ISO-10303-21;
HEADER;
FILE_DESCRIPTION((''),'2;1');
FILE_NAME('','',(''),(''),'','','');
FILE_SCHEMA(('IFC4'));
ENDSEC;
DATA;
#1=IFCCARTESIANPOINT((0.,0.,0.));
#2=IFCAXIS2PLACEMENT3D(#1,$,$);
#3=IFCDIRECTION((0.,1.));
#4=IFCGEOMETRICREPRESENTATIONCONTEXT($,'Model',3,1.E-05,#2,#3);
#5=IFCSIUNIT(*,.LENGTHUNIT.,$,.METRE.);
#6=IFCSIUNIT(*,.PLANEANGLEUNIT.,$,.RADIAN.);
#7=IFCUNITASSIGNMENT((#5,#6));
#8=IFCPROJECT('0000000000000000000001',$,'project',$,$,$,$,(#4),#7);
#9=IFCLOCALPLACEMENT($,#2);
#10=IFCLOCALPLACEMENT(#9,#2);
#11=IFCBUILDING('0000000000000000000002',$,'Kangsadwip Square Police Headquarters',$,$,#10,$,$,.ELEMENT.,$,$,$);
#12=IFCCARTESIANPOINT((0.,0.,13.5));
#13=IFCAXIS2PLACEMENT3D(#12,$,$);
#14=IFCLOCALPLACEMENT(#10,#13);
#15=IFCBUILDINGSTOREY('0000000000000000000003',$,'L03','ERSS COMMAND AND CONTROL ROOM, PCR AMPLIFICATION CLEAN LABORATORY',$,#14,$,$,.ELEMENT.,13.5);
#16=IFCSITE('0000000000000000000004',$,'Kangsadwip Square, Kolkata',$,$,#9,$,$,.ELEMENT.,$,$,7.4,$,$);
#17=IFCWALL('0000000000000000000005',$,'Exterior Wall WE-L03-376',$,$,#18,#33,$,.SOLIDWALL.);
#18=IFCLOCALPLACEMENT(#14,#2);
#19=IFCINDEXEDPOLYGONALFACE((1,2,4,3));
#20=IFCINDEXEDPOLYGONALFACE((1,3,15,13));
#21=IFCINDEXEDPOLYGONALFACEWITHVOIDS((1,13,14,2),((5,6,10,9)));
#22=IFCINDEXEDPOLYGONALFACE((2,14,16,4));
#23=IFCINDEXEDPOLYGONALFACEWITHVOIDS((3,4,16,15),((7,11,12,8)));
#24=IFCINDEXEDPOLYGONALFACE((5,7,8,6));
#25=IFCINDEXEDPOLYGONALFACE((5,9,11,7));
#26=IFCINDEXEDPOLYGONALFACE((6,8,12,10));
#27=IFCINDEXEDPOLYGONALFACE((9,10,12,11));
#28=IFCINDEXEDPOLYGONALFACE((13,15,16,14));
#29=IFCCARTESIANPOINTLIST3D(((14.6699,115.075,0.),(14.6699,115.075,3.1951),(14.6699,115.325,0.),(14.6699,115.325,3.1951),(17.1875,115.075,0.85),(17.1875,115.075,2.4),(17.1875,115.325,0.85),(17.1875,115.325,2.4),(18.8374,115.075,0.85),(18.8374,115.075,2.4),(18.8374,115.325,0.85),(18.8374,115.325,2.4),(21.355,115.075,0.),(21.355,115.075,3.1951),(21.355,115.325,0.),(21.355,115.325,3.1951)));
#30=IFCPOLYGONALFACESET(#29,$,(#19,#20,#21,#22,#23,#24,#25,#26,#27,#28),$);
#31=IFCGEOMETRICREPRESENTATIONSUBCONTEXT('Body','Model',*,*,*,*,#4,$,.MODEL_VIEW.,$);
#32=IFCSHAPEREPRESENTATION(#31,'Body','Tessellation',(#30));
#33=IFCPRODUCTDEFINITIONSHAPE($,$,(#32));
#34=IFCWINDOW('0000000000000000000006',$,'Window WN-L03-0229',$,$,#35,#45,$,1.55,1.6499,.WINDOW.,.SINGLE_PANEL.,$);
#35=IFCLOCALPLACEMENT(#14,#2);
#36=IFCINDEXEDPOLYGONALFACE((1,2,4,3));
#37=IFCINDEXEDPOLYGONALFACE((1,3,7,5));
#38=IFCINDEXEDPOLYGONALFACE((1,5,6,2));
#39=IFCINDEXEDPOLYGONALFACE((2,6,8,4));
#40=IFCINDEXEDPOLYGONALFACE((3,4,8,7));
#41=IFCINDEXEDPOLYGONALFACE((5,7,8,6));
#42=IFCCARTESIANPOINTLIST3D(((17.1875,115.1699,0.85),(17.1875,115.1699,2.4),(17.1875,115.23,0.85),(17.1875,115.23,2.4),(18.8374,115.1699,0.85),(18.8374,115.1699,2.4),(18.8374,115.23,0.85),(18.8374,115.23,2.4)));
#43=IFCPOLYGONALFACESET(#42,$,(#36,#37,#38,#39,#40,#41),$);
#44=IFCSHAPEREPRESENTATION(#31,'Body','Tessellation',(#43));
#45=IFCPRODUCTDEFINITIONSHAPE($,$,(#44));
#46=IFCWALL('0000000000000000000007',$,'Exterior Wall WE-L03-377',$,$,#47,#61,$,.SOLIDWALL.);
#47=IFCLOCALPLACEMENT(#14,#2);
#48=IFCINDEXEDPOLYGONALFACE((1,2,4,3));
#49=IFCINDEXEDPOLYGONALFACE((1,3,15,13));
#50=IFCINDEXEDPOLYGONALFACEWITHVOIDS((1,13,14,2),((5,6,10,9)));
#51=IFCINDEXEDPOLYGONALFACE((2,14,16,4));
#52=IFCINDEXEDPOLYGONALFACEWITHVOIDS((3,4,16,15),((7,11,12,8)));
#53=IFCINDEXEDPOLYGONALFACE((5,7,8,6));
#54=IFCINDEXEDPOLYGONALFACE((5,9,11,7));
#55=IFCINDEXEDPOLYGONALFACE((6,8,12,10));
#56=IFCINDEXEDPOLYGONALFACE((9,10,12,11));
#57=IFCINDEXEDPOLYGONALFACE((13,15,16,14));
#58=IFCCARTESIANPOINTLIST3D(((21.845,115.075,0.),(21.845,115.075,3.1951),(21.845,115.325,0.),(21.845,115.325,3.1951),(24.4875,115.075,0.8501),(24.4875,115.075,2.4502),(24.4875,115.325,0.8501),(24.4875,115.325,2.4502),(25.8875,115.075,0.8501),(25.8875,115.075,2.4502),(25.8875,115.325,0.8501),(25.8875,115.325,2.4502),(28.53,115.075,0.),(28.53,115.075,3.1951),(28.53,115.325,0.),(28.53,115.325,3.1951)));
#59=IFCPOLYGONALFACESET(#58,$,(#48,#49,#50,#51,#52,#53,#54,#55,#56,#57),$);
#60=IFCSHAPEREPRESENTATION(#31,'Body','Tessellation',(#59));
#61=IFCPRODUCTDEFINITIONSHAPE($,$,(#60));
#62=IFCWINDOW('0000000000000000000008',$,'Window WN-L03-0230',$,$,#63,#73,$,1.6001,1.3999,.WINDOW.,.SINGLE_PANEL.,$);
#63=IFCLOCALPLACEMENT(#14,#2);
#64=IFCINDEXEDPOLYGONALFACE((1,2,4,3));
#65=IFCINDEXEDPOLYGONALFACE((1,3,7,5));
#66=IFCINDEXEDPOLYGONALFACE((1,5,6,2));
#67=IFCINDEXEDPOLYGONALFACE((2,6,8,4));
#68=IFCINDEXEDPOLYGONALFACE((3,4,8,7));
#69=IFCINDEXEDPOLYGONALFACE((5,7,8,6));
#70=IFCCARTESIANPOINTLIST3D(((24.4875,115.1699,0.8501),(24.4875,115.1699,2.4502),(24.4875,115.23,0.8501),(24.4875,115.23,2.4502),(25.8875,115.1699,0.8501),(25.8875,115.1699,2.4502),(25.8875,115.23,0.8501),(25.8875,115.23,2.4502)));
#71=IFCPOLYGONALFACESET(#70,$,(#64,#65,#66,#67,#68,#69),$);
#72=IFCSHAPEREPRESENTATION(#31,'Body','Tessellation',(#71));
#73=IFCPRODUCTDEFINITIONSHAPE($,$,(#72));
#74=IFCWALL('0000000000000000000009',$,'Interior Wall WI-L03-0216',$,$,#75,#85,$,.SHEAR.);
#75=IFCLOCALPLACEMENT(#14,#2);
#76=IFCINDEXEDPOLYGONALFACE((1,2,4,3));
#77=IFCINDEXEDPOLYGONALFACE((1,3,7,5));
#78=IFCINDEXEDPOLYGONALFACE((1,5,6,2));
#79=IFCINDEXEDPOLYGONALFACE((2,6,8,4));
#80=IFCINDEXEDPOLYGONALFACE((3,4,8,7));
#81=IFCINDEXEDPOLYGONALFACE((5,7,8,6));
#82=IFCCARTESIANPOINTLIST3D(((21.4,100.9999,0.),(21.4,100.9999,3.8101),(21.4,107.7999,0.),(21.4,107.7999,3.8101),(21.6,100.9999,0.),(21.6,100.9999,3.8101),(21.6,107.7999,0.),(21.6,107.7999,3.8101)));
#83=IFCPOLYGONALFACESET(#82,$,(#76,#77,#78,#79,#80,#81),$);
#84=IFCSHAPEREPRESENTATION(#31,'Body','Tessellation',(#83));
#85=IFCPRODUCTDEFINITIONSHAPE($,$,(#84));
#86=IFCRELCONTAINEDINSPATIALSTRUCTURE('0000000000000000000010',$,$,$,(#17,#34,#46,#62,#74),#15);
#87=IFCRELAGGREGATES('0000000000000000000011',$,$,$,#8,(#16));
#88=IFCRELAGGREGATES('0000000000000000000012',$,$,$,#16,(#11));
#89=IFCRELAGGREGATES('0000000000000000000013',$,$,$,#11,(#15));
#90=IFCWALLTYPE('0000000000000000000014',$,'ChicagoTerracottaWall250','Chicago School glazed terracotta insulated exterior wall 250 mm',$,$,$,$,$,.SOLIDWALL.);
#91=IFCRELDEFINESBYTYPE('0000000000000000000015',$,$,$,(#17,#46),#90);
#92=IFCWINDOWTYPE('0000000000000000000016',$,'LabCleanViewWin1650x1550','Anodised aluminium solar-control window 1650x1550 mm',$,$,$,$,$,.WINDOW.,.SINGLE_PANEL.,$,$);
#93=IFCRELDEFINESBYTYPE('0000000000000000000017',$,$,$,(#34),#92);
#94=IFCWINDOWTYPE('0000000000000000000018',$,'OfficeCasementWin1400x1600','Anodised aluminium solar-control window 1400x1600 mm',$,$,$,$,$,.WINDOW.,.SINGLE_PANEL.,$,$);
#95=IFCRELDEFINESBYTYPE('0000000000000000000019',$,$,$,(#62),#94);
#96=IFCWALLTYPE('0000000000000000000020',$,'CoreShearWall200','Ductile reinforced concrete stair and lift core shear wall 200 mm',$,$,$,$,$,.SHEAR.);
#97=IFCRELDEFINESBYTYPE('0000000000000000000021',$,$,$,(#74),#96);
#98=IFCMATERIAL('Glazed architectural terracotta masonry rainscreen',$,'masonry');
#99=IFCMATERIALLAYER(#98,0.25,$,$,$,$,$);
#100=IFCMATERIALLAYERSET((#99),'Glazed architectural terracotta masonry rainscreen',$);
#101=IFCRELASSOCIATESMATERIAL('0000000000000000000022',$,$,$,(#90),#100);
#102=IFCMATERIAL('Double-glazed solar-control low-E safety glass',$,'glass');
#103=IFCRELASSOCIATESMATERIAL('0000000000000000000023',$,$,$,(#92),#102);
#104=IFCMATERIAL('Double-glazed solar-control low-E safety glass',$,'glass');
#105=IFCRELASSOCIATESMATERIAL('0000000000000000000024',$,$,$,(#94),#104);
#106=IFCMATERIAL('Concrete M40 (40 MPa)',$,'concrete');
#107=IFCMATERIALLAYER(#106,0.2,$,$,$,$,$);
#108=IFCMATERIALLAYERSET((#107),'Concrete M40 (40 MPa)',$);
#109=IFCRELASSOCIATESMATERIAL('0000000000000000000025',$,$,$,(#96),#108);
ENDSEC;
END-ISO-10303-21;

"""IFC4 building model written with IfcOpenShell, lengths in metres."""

from ifc_helpers import new_model, si_unit, direction, frame, frame_2d, origin, place, context, subcontext, project, spatial, rectangle, extrude, material, layer, layer_set, type_object, element, fill, save


model = new_model("IFC4")

# Units and contexts
model_context = context("Model", 3, precision=1e-05, world=origin(), true_north=direction((0.0, 1.0)))
body_context = subcontext(model_context, "Body", "Model", "MODEL_VIEW")
ifc_project = project(units=[si_unit("LENGTHUNIT", "METRE"), si_unit("PLANEANGLEUNIT", "RADIAN")], contexts=[model_context])

# Site, building, storey
site_placement = place(None, origin())
site = spatial("IfcSite", under=ifc_project, at=site_placement, Name="Kangsadwip Square, Kolkata", CompositionType="ELEMENT", RefElevation=7.4)
building_placement = place(site_placement, origin())
building = spatial("IfcBuilding", under=site, at=building_placement, Name="Kangsadwip Square Police Headquarters", CompositionType="ELEMENT")
storey_placement = place(building_placement, frame((0.0, 0.0, 13.5)))
storey = spatial("IfcBuildingStorey", under=building, at=storey_placement, Name="L03", Description="ERSS COMMAND AND CONTROL ROOM, PCR AMPLIFICATION CLEAN LABORATORY", CompositionType="ELEMENT", Elevation=13.5)

# Walls, openings, windows
ifc_material_1 = material(Name="Glazed architectural terracotta masonry rainscreen", Category="masonry")
ifc_layer_1 = layer(ifc_material_1, 0.25)
ifc_layer_set_1 = layer_set([ifc_layer_1], Name="Glazed architectural terracotta masonry rainscreen")
wall_type_1 = type_object("IfcWallType", Name="ChicagoTerracottaWall250", Description="Chicago School glazed terracotta insulated exterior wall 250 mm", PredefinedType="SOLIDWALL", material=ifc_layer_set_1)
wall_1_placement = place(storey_placement, frame((14.6699, 115.2, 0.0), z_axis=(0.0, 0.0, 1.0), x_axis=(1.0, 0.0, 0.0)))
wall_1 = element("IfcWall", 1, at=wall_1_placement, inside=storey, type_object=wall_type_1, Name="Exterior Wall WE-L03-376", PredefinedType="SOLIDWALL", context=body_context, shape_type="SweptSolid", body=[
    extrude(rectangle(XDim=6.6851, YDim=0.25, at=frame_2d((3.3425, 0.0))), origin(), (0.0, 0.0, 1.0), 3.1951),
])
opening_1_placement = place(wall_1_placement, frame((2.5176, 0.0, 0.8501)))
opening_1 = element("IfcOpeningElement", 2, at=opening_1_placement, cuts=wall_1, PredefinedType="OPENING", context=body_context, shape_type="SweptSolid", body=[
    extrude(rectangle(XDim=1.6499, YDim=1.55, at=frame_2d((0.825, 0.7749))), frame((0.0, 0.135, 0.0), z_axis=(0.0, -1.0, 0.0), x_axis=(1.0, 0.0, 0.0)), (0.0, 0.0, 1.0), 0.27),
])
ifc_material_2 = material(Name="Double-glazed solar-control low-E safety glass", Category="glass")
window_type_1 = type_object("IfcWindowType", Name="LabCleanViewWin1650x1550", Description="Anodised aluminium solar-control window 1650x1550 mm", PartitioningType="SINGLE_PANEL", PredefinedType="WINDOW", material=ifc_material_2)
window_1_placement = place(opening_1_placement, origin())
window_1 = element("IfcWindow", 3, at=window_1_placement, inside=storey, type_object=window_type_1, Name="Window WN-L03-0229", OverallHeight=1.55, OverallWidth=1.6499, PartitioningType="SINGLE_PANEL", PredefinedType="WINDOW", context=body_context, shape_type="SweptSolid", body=[
    extrude(rectangle(XDim=1.6499, YDim=1.55, at=frame_2d((0.825, 0.7749))), frame((0.0, 0.03, 0.0), z_axis=(0.0, -1.0, 0.0), x_axis=(1.0, 0.0, 0.0)), (0.0, 0.0, 1.0), 0.0601),
])
fill(opening_1, window_1)
wall_2_placement = place(storey_placement, frame((21.845, 115.2, 0.0), z_axis=(0.0, 0.0, 1.0), x_axis=(1.0, 0.0, 0.0)))
wall_2 = element("IfcWall", 4, at=wall_2_placement, inside=storey, type_object=wall_type_1, Name="Exterior Wall WE-L03-377", PredefinedType="SOLIDWALL", context=body_context, shape_type="SweptSolid", body=[
    extrude(rectangle(XDim=6.6851, YDim=0.25, at=frame_2d((3.3425, 0.0))), origin(), (0.0, 0.0, 1.0), 3.1951),
])
opening_2_placement = place(wall_2_placement, frame((2.6426, 0.0, 0.8501)))
opening_2 = element("IfcOpeningElement", 5, at=opening_2_placement, cuts=wall_2, PredefinedType="OPENING", context=body_context, shape_type="SweptSolid", body=[
    extrude(rectangle(XDim=1.3999, YDim=1.6001, at=frame_2d((0.7, 0.8))), frame((0.0, 0.135, 0.0), z_axis=(0.0, -1.0, 0.0), x_axis=(1.0, 0.0, 0.0)), (0.0, 0.0, 1.0), 0.27),
])
ifc_material_3 = material(Name="Double-glazed solar-control low-E safety glass", Category="glass")
window_type_2 = type_object("IfcWindowType", Name="OfficeCasementWin1400x1600", Description="Anodised aluminium solar-control window 1400x1600 mm", PartitioningType="SINGLE_PANEL", PredefinedType="WINDOW", material=ifc_material_3)
window_2_placement = place(opening_2_placement, origin())
window_2 = element("IfcWindow", 6, at=window_2_placement, inside=storey, type_object=window_type_2, Name="Window WN-L03-0230", OverallHeight=1.6001, OverallWidth=1.3999, PartitioningType="SINGLE_PANEL", PredefinedType="WINDOW", context=body_context, shape_type="SweptSolid", body=[
    extrude(rectangle(XDim=1.3999, YDim=1.6001, at=frame_2d((0.7, 0.8))), frame((0.0, 0.03, 0.0), z_axis=(0.0, -1.0, 0.0), x_axis=(1.0, 0.0, 0.0)), (0.0, 0.0, 1.0), 0.0601),
])
fill(opening_2, window_2)

# Wall
ifc_material_4 = material(Name="Concrete M40 (40 MPa)", Category="concrete")
ifc_layer_2 = layer(ifc_material_4, 0.2)
ifc_layer_set_2 = layer_set([ifc_layer_2], Name="Concrete M40 (40 MPa)")
wall_type_2 = type_object("IfcWallType", Name="CoreShearWall200", Description="Ductile reinforced concrete stair and lift core shear wall 200 mm", PredefinedType="SHEAR", material=ifc_layer_set_2)
wall_3_placement = place(storey_placement, frame((21.5, 101.0, 0.0), z_axis=(0.0, 0.0, 1.0), x_axis=(0.0, 1.0, 0.0)))
element("IfcWall", 7, at=wall_3_placement, inside=storey, type_object=wall_type_2, Name="Interior Wall WI-L03-0216", PredefinedType="SHEAR", context=body_context, shape_type="SweptSolid", body=[
    extrude(rectangle(XDim=6.8, YDim=0.2, at=frame_2d((3.3999, 0.0))), origin(), (0.0, 0.0, 1.0), 3.8101),
])

save(model, "model.ifc")
